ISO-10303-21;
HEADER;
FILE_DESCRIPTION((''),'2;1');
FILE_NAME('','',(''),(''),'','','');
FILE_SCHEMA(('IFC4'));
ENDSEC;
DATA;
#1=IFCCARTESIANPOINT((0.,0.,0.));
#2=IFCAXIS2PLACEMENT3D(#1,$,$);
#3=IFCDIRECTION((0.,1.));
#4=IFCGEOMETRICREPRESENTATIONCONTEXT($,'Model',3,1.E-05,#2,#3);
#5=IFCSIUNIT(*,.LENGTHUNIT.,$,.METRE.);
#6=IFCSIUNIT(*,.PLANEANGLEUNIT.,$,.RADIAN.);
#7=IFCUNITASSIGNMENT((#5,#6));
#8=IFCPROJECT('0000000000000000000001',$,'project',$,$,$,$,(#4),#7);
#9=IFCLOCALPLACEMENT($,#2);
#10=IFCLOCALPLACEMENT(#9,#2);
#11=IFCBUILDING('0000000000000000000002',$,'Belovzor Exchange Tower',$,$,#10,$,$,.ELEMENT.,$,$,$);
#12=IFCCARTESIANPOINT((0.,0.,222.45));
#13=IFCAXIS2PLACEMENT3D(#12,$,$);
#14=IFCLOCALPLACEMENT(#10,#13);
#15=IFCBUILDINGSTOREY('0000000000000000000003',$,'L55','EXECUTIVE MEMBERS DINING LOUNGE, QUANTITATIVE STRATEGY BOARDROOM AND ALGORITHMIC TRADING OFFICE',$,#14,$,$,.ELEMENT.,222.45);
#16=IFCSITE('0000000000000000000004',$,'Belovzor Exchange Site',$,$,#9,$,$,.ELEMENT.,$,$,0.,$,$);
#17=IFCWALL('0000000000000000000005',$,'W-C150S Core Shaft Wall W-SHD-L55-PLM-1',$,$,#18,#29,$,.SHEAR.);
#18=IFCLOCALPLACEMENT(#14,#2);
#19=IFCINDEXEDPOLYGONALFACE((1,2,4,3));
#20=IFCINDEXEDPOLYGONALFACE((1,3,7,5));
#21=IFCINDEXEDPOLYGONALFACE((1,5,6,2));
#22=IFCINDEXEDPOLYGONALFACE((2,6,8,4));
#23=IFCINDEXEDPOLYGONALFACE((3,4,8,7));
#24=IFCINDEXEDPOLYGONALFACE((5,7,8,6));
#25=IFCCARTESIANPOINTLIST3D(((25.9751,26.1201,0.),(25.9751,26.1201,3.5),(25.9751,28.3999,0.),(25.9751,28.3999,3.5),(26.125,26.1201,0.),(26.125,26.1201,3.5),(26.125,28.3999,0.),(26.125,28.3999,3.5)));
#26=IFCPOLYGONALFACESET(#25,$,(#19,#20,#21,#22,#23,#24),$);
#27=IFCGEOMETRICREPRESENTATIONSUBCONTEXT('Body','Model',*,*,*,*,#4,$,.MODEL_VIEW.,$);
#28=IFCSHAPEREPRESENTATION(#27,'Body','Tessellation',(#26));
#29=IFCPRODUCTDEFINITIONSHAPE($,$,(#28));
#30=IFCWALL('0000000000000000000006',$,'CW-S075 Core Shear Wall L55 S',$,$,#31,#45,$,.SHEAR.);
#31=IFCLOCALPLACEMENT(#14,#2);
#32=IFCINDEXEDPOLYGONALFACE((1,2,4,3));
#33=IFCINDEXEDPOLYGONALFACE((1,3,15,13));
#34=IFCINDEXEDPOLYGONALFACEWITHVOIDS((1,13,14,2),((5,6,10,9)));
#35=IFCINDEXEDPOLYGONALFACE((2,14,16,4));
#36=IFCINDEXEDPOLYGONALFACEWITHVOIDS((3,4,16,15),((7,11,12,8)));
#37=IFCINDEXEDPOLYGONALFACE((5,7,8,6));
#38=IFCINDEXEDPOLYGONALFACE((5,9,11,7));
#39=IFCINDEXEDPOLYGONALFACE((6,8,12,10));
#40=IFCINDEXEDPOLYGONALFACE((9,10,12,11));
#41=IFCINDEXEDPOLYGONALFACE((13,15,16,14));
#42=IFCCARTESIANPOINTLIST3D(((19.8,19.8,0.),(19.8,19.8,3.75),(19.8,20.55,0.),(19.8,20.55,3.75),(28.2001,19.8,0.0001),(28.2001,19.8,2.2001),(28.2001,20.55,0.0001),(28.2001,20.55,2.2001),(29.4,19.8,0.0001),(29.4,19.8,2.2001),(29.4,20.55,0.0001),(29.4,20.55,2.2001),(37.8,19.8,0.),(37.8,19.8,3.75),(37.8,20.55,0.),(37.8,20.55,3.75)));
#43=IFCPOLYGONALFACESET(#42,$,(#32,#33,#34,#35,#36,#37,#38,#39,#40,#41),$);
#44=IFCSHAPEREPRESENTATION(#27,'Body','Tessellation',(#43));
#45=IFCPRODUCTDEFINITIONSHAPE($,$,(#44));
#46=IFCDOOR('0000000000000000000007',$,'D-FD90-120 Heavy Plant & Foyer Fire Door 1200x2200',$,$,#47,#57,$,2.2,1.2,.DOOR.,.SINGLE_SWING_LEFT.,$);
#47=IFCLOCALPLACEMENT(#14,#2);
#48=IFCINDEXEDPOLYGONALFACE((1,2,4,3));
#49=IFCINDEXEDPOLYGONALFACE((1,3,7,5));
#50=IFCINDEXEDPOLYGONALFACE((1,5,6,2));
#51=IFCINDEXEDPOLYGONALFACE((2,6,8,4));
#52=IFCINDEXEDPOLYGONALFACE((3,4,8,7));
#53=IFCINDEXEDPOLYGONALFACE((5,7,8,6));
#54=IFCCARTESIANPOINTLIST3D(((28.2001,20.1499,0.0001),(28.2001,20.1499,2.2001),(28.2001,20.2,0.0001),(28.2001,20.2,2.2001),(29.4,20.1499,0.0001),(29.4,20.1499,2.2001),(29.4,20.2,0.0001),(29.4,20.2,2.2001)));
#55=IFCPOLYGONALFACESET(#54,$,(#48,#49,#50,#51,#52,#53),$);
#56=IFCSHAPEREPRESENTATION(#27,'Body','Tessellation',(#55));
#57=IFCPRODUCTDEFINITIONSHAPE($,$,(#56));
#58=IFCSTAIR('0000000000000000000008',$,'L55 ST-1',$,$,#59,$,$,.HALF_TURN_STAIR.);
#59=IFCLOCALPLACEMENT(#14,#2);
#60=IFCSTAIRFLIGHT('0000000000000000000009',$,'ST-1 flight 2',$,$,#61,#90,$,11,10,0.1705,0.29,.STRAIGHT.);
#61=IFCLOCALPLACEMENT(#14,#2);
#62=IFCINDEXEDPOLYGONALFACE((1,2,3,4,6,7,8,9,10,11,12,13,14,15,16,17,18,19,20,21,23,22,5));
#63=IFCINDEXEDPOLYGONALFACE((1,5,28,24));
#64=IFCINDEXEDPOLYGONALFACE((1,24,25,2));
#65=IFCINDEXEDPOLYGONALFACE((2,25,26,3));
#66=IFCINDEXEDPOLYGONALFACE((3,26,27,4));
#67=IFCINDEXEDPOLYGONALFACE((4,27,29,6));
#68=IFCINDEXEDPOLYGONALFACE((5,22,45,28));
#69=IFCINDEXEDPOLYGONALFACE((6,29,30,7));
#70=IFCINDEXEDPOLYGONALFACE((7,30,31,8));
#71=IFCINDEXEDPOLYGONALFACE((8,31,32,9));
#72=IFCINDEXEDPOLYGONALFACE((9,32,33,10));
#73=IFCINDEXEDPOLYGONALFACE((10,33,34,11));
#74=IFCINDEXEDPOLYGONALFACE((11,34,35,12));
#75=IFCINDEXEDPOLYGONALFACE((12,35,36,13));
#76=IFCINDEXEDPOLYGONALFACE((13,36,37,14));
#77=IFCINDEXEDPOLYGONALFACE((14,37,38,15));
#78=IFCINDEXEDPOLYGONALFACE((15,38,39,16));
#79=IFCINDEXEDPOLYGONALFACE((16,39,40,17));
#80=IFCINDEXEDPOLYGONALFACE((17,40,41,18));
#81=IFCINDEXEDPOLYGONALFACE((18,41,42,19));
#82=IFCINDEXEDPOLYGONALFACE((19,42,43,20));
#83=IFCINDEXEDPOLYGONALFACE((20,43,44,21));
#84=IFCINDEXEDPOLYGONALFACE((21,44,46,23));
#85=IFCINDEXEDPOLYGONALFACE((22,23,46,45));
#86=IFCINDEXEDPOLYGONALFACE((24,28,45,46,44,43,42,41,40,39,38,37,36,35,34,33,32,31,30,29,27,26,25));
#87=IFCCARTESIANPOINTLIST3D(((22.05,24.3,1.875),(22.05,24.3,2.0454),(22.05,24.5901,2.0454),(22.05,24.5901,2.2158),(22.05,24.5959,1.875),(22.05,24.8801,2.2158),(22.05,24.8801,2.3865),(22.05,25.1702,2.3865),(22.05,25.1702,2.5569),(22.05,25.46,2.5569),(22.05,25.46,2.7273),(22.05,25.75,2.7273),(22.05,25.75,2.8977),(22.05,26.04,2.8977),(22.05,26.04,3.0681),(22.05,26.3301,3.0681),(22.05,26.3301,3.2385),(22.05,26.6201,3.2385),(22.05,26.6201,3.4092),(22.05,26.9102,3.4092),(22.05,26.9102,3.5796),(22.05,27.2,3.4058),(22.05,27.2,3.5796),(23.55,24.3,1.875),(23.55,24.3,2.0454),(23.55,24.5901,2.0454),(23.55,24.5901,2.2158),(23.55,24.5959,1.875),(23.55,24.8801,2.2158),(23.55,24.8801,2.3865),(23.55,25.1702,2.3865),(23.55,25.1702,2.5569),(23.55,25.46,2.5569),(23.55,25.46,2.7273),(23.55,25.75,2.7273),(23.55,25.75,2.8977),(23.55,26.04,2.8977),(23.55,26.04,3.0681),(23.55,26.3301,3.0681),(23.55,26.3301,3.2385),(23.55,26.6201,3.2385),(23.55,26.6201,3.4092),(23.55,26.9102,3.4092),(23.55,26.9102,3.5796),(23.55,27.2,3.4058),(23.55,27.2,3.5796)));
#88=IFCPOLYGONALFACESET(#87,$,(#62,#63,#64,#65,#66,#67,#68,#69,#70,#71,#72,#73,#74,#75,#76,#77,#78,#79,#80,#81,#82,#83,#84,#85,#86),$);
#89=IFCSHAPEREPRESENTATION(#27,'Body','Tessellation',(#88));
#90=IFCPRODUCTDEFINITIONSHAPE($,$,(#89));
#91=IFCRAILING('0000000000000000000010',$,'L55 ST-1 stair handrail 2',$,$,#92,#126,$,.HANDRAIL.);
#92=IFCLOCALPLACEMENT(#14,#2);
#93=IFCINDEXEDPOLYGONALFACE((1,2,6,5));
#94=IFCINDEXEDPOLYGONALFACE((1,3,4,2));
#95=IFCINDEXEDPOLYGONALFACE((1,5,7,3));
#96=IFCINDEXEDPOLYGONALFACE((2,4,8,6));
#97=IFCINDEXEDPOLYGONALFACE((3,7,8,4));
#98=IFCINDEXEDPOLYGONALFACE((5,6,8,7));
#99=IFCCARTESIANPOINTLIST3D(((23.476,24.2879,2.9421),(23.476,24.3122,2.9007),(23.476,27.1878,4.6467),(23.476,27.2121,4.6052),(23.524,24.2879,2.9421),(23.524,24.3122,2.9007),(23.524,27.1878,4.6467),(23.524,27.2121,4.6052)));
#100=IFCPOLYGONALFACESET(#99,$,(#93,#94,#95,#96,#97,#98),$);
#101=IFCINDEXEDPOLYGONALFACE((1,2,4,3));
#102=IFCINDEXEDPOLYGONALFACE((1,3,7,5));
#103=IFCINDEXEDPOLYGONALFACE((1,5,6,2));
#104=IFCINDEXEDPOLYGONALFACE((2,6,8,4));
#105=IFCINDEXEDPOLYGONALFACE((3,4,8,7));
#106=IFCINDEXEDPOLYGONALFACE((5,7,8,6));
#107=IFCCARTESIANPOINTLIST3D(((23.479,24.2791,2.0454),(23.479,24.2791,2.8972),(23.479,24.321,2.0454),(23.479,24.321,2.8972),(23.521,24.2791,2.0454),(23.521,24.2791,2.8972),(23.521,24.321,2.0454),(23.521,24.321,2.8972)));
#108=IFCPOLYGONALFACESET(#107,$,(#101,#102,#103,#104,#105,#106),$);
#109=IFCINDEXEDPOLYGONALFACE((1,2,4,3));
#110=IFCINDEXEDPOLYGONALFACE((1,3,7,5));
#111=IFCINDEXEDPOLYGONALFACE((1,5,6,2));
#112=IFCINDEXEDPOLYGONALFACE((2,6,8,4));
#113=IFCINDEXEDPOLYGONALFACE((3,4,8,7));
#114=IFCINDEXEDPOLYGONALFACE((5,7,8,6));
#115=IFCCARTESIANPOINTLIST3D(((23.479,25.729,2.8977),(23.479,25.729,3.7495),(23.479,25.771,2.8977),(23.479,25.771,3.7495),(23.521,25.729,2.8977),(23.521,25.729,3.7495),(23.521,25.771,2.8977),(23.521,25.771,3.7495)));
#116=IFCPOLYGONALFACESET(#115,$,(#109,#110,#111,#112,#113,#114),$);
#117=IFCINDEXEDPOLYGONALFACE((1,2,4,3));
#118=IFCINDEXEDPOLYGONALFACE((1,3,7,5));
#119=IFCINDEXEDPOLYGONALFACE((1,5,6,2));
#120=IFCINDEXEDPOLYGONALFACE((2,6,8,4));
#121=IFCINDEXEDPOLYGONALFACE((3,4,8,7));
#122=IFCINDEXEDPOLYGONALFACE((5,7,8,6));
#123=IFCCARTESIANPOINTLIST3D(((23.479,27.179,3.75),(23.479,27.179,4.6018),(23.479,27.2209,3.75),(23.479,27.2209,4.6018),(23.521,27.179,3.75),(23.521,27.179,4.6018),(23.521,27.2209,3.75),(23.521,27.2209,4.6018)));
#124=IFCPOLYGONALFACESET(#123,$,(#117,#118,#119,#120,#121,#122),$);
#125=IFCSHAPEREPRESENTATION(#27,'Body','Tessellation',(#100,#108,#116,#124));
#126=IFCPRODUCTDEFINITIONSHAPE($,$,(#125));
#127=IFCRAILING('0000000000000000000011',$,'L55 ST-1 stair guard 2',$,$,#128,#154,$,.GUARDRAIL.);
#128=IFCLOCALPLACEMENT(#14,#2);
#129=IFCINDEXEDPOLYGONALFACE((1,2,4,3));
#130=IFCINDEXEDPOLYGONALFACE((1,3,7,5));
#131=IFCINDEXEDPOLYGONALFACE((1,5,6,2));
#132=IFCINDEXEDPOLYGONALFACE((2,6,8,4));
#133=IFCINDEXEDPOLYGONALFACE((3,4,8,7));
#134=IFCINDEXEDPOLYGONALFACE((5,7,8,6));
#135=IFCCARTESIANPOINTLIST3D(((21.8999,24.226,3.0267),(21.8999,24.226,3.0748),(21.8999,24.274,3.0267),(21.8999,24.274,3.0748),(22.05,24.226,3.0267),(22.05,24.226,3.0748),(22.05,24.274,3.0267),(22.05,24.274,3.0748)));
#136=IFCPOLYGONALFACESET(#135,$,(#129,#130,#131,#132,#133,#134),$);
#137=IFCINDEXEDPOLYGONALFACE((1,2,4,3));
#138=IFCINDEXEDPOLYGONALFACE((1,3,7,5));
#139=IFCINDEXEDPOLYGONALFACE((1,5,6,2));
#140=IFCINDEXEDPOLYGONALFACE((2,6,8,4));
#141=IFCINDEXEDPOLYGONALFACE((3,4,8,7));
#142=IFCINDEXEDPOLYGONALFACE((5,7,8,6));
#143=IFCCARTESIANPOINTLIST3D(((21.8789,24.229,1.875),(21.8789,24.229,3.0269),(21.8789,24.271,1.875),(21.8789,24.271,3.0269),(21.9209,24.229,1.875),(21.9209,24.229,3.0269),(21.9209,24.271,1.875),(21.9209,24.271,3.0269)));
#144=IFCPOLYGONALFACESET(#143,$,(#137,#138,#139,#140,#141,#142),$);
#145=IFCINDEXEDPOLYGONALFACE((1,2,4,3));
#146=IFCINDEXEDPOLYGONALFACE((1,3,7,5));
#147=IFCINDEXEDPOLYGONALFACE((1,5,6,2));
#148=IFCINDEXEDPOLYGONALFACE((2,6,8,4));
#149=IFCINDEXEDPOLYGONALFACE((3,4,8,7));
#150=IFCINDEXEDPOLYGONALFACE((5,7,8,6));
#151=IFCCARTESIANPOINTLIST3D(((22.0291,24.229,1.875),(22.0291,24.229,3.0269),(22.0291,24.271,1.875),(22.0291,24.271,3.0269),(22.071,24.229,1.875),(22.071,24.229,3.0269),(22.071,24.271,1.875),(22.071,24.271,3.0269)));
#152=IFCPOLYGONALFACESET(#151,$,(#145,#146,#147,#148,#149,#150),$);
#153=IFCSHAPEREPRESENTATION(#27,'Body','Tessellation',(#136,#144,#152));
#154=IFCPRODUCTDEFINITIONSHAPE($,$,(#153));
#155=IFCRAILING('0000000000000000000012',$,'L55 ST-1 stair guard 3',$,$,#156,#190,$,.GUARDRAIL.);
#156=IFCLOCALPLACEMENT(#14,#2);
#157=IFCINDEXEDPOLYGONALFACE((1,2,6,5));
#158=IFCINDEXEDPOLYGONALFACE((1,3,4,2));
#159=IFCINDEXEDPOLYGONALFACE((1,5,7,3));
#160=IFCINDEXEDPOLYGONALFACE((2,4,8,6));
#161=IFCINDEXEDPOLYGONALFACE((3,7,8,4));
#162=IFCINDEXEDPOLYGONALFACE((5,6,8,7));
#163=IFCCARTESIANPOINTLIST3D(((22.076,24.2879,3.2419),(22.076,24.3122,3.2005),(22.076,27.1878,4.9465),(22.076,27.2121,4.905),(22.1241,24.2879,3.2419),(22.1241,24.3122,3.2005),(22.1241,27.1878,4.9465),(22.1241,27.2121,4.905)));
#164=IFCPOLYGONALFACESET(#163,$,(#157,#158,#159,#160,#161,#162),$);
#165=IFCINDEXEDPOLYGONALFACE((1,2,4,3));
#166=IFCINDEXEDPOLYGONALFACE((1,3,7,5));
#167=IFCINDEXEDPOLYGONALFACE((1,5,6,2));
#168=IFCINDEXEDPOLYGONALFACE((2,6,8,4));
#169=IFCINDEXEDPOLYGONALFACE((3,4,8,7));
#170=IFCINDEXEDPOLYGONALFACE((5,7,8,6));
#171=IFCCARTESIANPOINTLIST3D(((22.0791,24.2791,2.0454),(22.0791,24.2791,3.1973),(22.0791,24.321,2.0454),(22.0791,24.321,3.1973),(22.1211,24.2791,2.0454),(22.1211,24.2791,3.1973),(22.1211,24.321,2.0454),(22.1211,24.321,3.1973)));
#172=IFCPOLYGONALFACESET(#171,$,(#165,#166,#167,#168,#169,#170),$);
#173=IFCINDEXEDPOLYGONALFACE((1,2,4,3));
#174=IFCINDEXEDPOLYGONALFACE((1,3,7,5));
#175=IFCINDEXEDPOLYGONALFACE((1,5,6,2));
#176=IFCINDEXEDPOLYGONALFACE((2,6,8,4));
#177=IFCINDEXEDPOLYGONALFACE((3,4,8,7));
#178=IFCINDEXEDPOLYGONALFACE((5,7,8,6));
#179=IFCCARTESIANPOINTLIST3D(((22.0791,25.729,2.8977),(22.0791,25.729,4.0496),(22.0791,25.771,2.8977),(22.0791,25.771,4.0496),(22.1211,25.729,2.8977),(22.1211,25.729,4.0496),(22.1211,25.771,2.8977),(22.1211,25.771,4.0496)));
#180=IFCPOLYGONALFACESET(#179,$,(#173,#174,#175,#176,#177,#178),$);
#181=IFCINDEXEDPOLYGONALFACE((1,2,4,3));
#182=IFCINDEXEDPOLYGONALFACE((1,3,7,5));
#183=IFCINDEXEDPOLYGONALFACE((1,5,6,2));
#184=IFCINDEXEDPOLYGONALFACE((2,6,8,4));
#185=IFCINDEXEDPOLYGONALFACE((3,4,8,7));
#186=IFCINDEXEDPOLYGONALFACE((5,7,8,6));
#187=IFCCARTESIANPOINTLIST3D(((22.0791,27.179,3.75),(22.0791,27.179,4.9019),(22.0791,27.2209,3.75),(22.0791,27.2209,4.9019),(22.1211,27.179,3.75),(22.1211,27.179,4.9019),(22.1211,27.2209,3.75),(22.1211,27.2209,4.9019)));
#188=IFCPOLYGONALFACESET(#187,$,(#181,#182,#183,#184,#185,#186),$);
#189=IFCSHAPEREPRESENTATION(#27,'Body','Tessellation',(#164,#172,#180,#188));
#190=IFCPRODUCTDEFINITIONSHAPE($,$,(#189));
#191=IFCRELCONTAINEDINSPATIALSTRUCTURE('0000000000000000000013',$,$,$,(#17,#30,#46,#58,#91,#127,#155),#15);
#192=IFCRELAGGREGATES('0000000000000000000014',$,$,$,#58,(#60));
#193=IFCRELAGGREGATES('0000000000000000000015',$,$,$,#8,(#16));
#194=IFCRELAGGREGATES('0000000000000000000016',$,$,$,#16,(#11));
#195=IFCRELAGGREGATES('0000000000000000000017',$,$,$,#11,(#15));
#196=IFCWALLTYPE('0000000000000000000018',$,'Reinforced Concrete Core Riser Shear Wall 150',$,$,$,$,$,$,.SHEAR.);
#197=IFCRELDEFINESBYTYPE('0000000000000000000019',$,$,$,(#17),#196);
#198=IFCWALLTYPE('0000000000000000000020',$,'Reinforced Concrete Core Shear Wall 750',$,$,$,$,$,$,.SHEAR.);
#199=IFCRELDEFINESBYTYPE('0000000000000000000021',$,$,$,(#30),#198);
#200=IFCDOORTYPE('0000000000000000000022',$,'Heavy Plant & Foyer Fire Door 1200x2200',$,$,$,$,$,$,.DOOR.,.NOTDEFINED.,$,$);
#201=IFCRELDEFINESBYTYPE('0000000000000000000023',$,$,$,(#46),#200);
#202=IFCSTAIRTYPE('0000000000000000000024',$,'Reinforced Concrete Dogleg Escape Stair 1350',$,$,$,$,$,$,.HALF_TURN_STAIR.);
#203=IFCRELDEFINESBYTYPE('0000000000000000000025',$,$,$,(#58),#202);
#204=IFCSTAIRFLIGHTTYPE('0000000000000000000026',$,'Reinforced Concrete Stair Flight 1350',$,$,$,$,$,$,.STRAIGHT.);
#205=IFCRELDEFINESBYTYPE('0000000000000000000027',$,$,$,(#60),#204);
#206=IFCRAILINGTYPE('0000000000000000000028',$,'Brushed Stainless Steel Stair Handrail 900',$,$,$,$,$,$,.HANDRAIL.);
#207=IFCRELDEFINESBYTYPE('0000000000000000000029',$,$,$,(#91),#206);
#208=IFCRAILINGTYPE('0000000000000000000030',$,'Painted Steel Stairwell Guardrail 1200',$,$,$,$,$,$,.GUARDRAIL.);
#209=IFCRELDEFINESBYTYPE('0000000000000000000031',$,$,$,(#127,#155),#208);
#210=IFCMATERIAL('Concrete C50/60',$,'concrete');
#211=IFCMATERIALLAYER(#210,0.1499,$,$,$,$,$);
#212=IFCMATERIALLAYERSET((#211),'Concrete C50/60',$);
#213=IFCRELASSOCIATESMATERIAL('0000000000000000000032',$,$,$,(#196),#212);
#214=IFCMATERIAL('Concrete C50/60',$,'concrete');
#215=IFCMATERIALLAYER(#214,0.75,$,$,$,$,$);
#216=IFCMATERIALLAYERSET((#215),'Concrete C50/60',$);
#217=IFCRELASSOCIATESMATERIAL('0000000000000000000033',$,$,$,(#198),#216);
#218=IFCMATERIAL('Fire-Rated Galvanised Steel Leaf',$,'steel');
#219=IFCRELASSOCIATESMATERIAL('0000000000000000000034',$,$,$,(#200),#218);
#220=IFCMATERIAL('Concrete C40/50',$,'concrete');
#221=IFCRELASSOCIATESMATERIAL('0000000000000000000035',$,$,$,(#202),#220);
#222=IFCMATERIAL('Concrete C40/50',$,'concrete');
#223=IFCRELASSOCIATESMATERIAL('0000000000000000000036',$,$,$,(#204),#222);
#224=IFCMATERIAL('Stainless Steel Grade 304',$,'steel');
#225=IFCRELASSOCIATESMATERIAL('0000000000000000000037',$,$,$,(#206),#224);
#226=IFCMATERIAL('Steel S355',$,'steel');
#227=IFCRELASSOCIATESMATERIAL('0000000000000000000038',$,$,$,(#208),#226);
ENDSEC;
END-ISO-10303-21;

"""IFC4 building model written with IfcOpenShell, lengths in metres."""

from ifc_helpers import new_model, si_unit, direction, frame, frame_2d, origin, origin_2d, place, context, subcontext, project, spatial, polyline, rectangle, outline, extrude, material, layer, layer_set, type_object, element, fill, aggregate, save


model = new_model("IFC4")

# Units and contexts
model_context = context("Model", 3, precision=1e-05, world=origin(), true_north=direction((0.0, 1.0)))
body_context = subcontext(model_context, "Body", "Model", "MODEL_VIEW")
ifc_project = project(units=[si_unit("LENGTHUNIT", "METRE"), si_unit("PLANEANGLEUNIT", "RADIAN")], contexts=[model_context])

# Site, building, storey
site_placement = place(None, origin())
site = spatial("IfcSite", under=ifc_project, at=site_placement, Name="Belovzor Exchange Site", CompositionType="ELEMENT", RefElevation=0.0)
building_placement = place(site_placement, origin())
building = spatial("IfcBuilding", under=site, at=building_placement, Name="Belovzor Exchange Tower", CompositionType="ELEMENT")
storey_placement = place(building_placement, frame((0.0, 0.0, 222.45)))
storey = spatial("IfcBuildingStorey", under=building, at=storey_placement, Name="L55", Description="EXECUTIVE MEMBERS DINING LOUNGE, QUANTITATIVE STRATEGY BOARDROOM AND ALGORITHMIC TRADING OFFICE", CompositionType="ELEMENT", Elevation=222.45)

# Wall
ifc_material_1 = material(Name="Concrete C50/60", Category="concrete")
ifc_layer_1 = layer(ifc_material_1, 0.1499)
ifc_layer_set_1 = layer_set([ifc_layer_1], Name="Concrete C50/60")
wall_type_1 = type_object("IfcWallType", Name="Reinforced Concrete Core Riser Shear Wall 150", PredefinedType="SHEAR", material=ifc_layer_set_1)
wall_1_placement = place(storey_placement, frame((26.05, 26.1201, 0.0), z_axis=(0.0, 0.0, 1.0), x_axis=(0.0, 1.0, 0.0)))
element("IfcWall", 1, at=wall_1_placement, inside=storey, type_object=wall_type_1, Name="W-C150S Core Shaft Wall W-SHD-L55-PLM-1", PredefinedType="SHEAR", context=body_context, shape_type="SweptSolid", body=[
    extrude(rectangle(XDim=2.2798, YDim=0.1499, at=frame_2d((1.1399, 0.0))), origin(), (0.0, 0.0, 1.0), 3.5),
])

# Wall, opening, door
ifc_material_2 = material(Name="Concrete C50/60", Category="concrete")
ifc_layer_2 = layer(ifc_material_2, 0.75)
ifc_layer_set_2 = layer_set([ifc_layer_2], Name="Concrete C50/60")
wall_type_2 = type_object("IfcWallType", Name="Reinforced Concrete Core Shear Wall 750", PredefinedType="SHEAR", material=ifc_layer_set_2)
wall_2_placement = place(storey_placement, frame((19.8, 20.175, 0.0), z_axis=(0.0, 0.0, 1.0), x_axis=(1.0, 0.0, 0.0)))
wall_2 = element("IfcWall", 2, at=wall_2_placement, inside=storey, type_object=wall_type_2, Name="CW-S075 Core Shear Wall L55 S", PredefinedType="SHEAR", context=body_context, shape_type="SweptSolid", body=[
    extrude(rectangle(XDim=18.0, YDim=0.75, at=frame_2d((9.0, 0.0))), origin(), (0.0, 0.0, 1.0), 3.75),
])
opening_1_placement = place(wall_2_placement, frame((8.3999, 0.0, 0.0)))
opening_1 = element("IfcOpeningElement", 3, at=opening_1_placement, cuts=wall_2, PredefinedType="OPENING", context=body_context, shape_type="SweptSolid", body=[
    extrude(rectangle(XDim=1.2, YDim=2.2, at=frame_2d((0.6001, 1.1001))), frame((0.0, 0.385, 0.0), z_axis=(0.0, -1.0, 0.0), x_axis=(1.0, 0.0, 0.0)), (0.0, 0.0, 1.0), 0.77),
])
ifc_material_3 = material(Name="Fire-Rated Galvanised Steel Leaf", Category="steel")
door_type_1 = type_object("IfcDoorType", Name="Heavy Plant & Foyer Fire Door 1200x2200", OperationType="NOTDEFINED", PredefinedType="DOOR", material=ifc_material_3)
door_1_placement = place(opening_1_placement, origin())
door_1 = element("IfcDoor", 4, at=door_1_placement, inside=storey, type_object=door_type_1, Name="D-FD90-120 Heavy Plant & Foyer Fire Door 1200x2200", OperationType="SINGLE_SWING_LEFT", OverallHeight=2.2, OverallWidth=1.2, PredefinedType="DOOR", context=body_context, shape_type="SweptSolid", body=[
    extrude(rectangle(XDim=1.2, YDim=2.2, at=frame_2d((0.6001, 1.1001))), frame((0.0, 0.0249, 0.0), z_axis=(0.0, -1.0, 0.0), x_axis=(1.0, 0.0, 0.0)), (0.0, 0.0, 1.0), 0.05),
])
fill(opening_1, door_1)

# Stair, stair flight
ifc_material_4 = material(Name="Concrete C40/50", Category="concrete")
stair_type = type_object("IfcStairType", Name="Reinforced Concrete Dogleg Escape Stair 1350", PredefinedType="HALF_TURN_STAIR", material=ifc_material_4)
stair_placement = place(storey_placement, origin())
stair = element("IfcStair", 5, at=stair_placement, inside=storey, type_object=stair_type, Name="L55 ST-1", PredefinedType="HALF_TURN_STAIR")
ifc_material_5 = material(Name="Concrete C40/50", Category="concrete")
stair_flight_type = type_object("IfcStairFlightType", Name="Reinforced Concrete Stair Flight 1350", PredefinedType="STRAIGHT", material=ifc_material_5)
stair_flight_placement = place(storey_placement, frame((22.8, 24.3, 1.875), z_axis=(0.0, 0.0, 1.0), x_axis=(0.0, 1.0, 0.0)))
stair_flight = element("IfcStairFlight", 6, at=stair_flight_placement, type_object=stair_flight_type, Name="ST-1 flight 2", NumberOfRisers=11, NumberOfTreads=10, PredefinedType="STRAIGHT", RiserHeight=0.1705, TreadLength=0.29, context=body_context, shape_type="SweptSolid", body=[
    extrude(outline(polyline([(0.0, 0.0), (0.0, 0.1704), (0.29, 0.1704), (0.29, 0.3408), (0.5801, 0.3408), (0.5801, 0.5115), (0.8701, 0.5115), (0.8701, 0.6819), (1.1599, 0.6819), (1.1599, 0.8523), (1.45, 0.8523), (1.45, 1.0227), (1.74, 1.0227), (1.74, 1.1931), (2.03, 1.1931), (2.03, 1.3635), (2.3201, 1.3635), (2.3201, 1.5342), (2.6101, 1.5342), (2.6101, 1.7046), (2.8999, 1.7046), (2.8999, 1.875), (2.8999, 1.5308), (0.2959, 0.0), (0.0, 0.0)])), frame((0.0, 0.75, 0.0), z_axis=(0.0, -1.0, 0.0), x_axis=(1.0, 0.0, 0.0)), (0.0, 0.0, 1.0), 1.5),
])
aggregate(stair, [stair_flight])

# Railings
ifc_material_6 = material(Name="Stainless Steel Grade 304", Category="steel")
railing_type_1 = type_object("IfcRailingType", Name="Brushed Stainless Steel Stair Handrail 900", PredefinedType="HANDRAIL", material=ifc_material_6)
railing_1_placement = place(storey_placement, frame((23.5, 24.3, 2.0454)))
element("IfcRailing", 7, at=railing_1_placement, inside=storey, type_object=railing_type_1, Name="L55 ST-1 stair handrail 2", PredefinedType="HANDRAIL", context=body_context, shape_type="SweptSolid", body=[
    extrude(rectangle(XDim=0.0481, YDim=0.0481, at=origin_2d()), frame((0.0, 0.0, 0.876), z_axis=(0.0, 0.862095, 0.506747), x_axis=(-1.0, 0.0, 0.0)), (0.0, 0.0, 1.0), 3.3638),
    extrude(rectangle(XDim=0.042, YDim=0.042, at=origin_2d()), origin(), (0.0, 0.0, 1.0), 0.8518),
    extrude(rectangle(XDim=0.042, YDim=0.042, at=origin_2d()), frame((0.0, 1.45, 0.8523)), (0.0, 0.0, 1.0), 0.8518),
    extrude(rectangle(XDim=0.042, YDim=0.042, at=origin_2d()), frame((0.0, 2.8999, 1.7046)), (0.0, 0.0, 1.0), 0.8518),
])
ifc_material_7 = material(Name="Steel S355", Category="steel")
railing_type_2 = type_object("IfcRailingType", Name="Painted Steel Stairwell Guardrail 1200", PredefinedType="GUARDRAIL", material=ifc_material_7)
railing_2_placement = place(storey_placement, frame((21.8999, 24.25, 1.875)))
element("IfcRailing", 8, at=railing_2_placement, inside=storey, type_object=railing_type_2, Name="L55 ST-1 stair guard 2", PredefinedType="GUARDRAIL", context=body_context, shape_type="SweptSolid", body=[
    extrude(rectangle(XDim=0.0481, YDim=0.0481, at=origin_2d()), frame((0.0, 0.0, 1.1758), z_axis=(1.0, 0.0, 0.0), x_axis=(0.0, 1.0, 0.0)), (0.0, 0.0, 1.0), 0.1501),
    extrude(rectangle(XDim=0.042, YDim=0.042, at=origin_2d()), origin(), (0.0, 0.0, 1.0), 1.1519),
    extrude(rectangle(XDim=0.042, YDim=0.042, at=origin_2d()), frame((0.1501, 0.0, 0.0)), (0.0, 0.0, 1.0), 1.1519),
])
railing_3_placement = place(storey_placement, frame((22.1001, 24.3, 2.0454)))
element("IfcRailing", 9, at=railing_3_placement, inside=storey, type_object=railing_type_2, Name="L55 ST-1 stair guard 3", PredefinedType="GUARDRAIL", context=body_context, shape_type="SweptSolid", body=[
    extrude(rectangle(XDim=0.0481, YDim=0.0481, at=origin_2d()), frame((0.0, 0.0, 1.1758), z_axis=(0.0, 0.862095, 0.506747), x_axis=(-1.0, 0.0, 0.0)), (0.0, 0.0, 1.0), 3.3638),
    extrude(rectangle(XDim=0.042, YDim=0.042, at=origin_2d()), origin(), (0.0, 0.0, 1.0), 1.1519),
    extrude(rectangle(XDim=0.042, YDim=0.042, at=origin_2d()), frame((0.0, 1.45, 0.8523)), (0.0, 0.0, 1.0), 1.1519),
    extrude(rectangle(XDim=0.042, YDim=0.042, at=origin_2d()), frame((0.0, 2.8999, 1.7046)), (0.0, 0.0, 1.0), 1.1519),
])

save(model, "model.ifc")
